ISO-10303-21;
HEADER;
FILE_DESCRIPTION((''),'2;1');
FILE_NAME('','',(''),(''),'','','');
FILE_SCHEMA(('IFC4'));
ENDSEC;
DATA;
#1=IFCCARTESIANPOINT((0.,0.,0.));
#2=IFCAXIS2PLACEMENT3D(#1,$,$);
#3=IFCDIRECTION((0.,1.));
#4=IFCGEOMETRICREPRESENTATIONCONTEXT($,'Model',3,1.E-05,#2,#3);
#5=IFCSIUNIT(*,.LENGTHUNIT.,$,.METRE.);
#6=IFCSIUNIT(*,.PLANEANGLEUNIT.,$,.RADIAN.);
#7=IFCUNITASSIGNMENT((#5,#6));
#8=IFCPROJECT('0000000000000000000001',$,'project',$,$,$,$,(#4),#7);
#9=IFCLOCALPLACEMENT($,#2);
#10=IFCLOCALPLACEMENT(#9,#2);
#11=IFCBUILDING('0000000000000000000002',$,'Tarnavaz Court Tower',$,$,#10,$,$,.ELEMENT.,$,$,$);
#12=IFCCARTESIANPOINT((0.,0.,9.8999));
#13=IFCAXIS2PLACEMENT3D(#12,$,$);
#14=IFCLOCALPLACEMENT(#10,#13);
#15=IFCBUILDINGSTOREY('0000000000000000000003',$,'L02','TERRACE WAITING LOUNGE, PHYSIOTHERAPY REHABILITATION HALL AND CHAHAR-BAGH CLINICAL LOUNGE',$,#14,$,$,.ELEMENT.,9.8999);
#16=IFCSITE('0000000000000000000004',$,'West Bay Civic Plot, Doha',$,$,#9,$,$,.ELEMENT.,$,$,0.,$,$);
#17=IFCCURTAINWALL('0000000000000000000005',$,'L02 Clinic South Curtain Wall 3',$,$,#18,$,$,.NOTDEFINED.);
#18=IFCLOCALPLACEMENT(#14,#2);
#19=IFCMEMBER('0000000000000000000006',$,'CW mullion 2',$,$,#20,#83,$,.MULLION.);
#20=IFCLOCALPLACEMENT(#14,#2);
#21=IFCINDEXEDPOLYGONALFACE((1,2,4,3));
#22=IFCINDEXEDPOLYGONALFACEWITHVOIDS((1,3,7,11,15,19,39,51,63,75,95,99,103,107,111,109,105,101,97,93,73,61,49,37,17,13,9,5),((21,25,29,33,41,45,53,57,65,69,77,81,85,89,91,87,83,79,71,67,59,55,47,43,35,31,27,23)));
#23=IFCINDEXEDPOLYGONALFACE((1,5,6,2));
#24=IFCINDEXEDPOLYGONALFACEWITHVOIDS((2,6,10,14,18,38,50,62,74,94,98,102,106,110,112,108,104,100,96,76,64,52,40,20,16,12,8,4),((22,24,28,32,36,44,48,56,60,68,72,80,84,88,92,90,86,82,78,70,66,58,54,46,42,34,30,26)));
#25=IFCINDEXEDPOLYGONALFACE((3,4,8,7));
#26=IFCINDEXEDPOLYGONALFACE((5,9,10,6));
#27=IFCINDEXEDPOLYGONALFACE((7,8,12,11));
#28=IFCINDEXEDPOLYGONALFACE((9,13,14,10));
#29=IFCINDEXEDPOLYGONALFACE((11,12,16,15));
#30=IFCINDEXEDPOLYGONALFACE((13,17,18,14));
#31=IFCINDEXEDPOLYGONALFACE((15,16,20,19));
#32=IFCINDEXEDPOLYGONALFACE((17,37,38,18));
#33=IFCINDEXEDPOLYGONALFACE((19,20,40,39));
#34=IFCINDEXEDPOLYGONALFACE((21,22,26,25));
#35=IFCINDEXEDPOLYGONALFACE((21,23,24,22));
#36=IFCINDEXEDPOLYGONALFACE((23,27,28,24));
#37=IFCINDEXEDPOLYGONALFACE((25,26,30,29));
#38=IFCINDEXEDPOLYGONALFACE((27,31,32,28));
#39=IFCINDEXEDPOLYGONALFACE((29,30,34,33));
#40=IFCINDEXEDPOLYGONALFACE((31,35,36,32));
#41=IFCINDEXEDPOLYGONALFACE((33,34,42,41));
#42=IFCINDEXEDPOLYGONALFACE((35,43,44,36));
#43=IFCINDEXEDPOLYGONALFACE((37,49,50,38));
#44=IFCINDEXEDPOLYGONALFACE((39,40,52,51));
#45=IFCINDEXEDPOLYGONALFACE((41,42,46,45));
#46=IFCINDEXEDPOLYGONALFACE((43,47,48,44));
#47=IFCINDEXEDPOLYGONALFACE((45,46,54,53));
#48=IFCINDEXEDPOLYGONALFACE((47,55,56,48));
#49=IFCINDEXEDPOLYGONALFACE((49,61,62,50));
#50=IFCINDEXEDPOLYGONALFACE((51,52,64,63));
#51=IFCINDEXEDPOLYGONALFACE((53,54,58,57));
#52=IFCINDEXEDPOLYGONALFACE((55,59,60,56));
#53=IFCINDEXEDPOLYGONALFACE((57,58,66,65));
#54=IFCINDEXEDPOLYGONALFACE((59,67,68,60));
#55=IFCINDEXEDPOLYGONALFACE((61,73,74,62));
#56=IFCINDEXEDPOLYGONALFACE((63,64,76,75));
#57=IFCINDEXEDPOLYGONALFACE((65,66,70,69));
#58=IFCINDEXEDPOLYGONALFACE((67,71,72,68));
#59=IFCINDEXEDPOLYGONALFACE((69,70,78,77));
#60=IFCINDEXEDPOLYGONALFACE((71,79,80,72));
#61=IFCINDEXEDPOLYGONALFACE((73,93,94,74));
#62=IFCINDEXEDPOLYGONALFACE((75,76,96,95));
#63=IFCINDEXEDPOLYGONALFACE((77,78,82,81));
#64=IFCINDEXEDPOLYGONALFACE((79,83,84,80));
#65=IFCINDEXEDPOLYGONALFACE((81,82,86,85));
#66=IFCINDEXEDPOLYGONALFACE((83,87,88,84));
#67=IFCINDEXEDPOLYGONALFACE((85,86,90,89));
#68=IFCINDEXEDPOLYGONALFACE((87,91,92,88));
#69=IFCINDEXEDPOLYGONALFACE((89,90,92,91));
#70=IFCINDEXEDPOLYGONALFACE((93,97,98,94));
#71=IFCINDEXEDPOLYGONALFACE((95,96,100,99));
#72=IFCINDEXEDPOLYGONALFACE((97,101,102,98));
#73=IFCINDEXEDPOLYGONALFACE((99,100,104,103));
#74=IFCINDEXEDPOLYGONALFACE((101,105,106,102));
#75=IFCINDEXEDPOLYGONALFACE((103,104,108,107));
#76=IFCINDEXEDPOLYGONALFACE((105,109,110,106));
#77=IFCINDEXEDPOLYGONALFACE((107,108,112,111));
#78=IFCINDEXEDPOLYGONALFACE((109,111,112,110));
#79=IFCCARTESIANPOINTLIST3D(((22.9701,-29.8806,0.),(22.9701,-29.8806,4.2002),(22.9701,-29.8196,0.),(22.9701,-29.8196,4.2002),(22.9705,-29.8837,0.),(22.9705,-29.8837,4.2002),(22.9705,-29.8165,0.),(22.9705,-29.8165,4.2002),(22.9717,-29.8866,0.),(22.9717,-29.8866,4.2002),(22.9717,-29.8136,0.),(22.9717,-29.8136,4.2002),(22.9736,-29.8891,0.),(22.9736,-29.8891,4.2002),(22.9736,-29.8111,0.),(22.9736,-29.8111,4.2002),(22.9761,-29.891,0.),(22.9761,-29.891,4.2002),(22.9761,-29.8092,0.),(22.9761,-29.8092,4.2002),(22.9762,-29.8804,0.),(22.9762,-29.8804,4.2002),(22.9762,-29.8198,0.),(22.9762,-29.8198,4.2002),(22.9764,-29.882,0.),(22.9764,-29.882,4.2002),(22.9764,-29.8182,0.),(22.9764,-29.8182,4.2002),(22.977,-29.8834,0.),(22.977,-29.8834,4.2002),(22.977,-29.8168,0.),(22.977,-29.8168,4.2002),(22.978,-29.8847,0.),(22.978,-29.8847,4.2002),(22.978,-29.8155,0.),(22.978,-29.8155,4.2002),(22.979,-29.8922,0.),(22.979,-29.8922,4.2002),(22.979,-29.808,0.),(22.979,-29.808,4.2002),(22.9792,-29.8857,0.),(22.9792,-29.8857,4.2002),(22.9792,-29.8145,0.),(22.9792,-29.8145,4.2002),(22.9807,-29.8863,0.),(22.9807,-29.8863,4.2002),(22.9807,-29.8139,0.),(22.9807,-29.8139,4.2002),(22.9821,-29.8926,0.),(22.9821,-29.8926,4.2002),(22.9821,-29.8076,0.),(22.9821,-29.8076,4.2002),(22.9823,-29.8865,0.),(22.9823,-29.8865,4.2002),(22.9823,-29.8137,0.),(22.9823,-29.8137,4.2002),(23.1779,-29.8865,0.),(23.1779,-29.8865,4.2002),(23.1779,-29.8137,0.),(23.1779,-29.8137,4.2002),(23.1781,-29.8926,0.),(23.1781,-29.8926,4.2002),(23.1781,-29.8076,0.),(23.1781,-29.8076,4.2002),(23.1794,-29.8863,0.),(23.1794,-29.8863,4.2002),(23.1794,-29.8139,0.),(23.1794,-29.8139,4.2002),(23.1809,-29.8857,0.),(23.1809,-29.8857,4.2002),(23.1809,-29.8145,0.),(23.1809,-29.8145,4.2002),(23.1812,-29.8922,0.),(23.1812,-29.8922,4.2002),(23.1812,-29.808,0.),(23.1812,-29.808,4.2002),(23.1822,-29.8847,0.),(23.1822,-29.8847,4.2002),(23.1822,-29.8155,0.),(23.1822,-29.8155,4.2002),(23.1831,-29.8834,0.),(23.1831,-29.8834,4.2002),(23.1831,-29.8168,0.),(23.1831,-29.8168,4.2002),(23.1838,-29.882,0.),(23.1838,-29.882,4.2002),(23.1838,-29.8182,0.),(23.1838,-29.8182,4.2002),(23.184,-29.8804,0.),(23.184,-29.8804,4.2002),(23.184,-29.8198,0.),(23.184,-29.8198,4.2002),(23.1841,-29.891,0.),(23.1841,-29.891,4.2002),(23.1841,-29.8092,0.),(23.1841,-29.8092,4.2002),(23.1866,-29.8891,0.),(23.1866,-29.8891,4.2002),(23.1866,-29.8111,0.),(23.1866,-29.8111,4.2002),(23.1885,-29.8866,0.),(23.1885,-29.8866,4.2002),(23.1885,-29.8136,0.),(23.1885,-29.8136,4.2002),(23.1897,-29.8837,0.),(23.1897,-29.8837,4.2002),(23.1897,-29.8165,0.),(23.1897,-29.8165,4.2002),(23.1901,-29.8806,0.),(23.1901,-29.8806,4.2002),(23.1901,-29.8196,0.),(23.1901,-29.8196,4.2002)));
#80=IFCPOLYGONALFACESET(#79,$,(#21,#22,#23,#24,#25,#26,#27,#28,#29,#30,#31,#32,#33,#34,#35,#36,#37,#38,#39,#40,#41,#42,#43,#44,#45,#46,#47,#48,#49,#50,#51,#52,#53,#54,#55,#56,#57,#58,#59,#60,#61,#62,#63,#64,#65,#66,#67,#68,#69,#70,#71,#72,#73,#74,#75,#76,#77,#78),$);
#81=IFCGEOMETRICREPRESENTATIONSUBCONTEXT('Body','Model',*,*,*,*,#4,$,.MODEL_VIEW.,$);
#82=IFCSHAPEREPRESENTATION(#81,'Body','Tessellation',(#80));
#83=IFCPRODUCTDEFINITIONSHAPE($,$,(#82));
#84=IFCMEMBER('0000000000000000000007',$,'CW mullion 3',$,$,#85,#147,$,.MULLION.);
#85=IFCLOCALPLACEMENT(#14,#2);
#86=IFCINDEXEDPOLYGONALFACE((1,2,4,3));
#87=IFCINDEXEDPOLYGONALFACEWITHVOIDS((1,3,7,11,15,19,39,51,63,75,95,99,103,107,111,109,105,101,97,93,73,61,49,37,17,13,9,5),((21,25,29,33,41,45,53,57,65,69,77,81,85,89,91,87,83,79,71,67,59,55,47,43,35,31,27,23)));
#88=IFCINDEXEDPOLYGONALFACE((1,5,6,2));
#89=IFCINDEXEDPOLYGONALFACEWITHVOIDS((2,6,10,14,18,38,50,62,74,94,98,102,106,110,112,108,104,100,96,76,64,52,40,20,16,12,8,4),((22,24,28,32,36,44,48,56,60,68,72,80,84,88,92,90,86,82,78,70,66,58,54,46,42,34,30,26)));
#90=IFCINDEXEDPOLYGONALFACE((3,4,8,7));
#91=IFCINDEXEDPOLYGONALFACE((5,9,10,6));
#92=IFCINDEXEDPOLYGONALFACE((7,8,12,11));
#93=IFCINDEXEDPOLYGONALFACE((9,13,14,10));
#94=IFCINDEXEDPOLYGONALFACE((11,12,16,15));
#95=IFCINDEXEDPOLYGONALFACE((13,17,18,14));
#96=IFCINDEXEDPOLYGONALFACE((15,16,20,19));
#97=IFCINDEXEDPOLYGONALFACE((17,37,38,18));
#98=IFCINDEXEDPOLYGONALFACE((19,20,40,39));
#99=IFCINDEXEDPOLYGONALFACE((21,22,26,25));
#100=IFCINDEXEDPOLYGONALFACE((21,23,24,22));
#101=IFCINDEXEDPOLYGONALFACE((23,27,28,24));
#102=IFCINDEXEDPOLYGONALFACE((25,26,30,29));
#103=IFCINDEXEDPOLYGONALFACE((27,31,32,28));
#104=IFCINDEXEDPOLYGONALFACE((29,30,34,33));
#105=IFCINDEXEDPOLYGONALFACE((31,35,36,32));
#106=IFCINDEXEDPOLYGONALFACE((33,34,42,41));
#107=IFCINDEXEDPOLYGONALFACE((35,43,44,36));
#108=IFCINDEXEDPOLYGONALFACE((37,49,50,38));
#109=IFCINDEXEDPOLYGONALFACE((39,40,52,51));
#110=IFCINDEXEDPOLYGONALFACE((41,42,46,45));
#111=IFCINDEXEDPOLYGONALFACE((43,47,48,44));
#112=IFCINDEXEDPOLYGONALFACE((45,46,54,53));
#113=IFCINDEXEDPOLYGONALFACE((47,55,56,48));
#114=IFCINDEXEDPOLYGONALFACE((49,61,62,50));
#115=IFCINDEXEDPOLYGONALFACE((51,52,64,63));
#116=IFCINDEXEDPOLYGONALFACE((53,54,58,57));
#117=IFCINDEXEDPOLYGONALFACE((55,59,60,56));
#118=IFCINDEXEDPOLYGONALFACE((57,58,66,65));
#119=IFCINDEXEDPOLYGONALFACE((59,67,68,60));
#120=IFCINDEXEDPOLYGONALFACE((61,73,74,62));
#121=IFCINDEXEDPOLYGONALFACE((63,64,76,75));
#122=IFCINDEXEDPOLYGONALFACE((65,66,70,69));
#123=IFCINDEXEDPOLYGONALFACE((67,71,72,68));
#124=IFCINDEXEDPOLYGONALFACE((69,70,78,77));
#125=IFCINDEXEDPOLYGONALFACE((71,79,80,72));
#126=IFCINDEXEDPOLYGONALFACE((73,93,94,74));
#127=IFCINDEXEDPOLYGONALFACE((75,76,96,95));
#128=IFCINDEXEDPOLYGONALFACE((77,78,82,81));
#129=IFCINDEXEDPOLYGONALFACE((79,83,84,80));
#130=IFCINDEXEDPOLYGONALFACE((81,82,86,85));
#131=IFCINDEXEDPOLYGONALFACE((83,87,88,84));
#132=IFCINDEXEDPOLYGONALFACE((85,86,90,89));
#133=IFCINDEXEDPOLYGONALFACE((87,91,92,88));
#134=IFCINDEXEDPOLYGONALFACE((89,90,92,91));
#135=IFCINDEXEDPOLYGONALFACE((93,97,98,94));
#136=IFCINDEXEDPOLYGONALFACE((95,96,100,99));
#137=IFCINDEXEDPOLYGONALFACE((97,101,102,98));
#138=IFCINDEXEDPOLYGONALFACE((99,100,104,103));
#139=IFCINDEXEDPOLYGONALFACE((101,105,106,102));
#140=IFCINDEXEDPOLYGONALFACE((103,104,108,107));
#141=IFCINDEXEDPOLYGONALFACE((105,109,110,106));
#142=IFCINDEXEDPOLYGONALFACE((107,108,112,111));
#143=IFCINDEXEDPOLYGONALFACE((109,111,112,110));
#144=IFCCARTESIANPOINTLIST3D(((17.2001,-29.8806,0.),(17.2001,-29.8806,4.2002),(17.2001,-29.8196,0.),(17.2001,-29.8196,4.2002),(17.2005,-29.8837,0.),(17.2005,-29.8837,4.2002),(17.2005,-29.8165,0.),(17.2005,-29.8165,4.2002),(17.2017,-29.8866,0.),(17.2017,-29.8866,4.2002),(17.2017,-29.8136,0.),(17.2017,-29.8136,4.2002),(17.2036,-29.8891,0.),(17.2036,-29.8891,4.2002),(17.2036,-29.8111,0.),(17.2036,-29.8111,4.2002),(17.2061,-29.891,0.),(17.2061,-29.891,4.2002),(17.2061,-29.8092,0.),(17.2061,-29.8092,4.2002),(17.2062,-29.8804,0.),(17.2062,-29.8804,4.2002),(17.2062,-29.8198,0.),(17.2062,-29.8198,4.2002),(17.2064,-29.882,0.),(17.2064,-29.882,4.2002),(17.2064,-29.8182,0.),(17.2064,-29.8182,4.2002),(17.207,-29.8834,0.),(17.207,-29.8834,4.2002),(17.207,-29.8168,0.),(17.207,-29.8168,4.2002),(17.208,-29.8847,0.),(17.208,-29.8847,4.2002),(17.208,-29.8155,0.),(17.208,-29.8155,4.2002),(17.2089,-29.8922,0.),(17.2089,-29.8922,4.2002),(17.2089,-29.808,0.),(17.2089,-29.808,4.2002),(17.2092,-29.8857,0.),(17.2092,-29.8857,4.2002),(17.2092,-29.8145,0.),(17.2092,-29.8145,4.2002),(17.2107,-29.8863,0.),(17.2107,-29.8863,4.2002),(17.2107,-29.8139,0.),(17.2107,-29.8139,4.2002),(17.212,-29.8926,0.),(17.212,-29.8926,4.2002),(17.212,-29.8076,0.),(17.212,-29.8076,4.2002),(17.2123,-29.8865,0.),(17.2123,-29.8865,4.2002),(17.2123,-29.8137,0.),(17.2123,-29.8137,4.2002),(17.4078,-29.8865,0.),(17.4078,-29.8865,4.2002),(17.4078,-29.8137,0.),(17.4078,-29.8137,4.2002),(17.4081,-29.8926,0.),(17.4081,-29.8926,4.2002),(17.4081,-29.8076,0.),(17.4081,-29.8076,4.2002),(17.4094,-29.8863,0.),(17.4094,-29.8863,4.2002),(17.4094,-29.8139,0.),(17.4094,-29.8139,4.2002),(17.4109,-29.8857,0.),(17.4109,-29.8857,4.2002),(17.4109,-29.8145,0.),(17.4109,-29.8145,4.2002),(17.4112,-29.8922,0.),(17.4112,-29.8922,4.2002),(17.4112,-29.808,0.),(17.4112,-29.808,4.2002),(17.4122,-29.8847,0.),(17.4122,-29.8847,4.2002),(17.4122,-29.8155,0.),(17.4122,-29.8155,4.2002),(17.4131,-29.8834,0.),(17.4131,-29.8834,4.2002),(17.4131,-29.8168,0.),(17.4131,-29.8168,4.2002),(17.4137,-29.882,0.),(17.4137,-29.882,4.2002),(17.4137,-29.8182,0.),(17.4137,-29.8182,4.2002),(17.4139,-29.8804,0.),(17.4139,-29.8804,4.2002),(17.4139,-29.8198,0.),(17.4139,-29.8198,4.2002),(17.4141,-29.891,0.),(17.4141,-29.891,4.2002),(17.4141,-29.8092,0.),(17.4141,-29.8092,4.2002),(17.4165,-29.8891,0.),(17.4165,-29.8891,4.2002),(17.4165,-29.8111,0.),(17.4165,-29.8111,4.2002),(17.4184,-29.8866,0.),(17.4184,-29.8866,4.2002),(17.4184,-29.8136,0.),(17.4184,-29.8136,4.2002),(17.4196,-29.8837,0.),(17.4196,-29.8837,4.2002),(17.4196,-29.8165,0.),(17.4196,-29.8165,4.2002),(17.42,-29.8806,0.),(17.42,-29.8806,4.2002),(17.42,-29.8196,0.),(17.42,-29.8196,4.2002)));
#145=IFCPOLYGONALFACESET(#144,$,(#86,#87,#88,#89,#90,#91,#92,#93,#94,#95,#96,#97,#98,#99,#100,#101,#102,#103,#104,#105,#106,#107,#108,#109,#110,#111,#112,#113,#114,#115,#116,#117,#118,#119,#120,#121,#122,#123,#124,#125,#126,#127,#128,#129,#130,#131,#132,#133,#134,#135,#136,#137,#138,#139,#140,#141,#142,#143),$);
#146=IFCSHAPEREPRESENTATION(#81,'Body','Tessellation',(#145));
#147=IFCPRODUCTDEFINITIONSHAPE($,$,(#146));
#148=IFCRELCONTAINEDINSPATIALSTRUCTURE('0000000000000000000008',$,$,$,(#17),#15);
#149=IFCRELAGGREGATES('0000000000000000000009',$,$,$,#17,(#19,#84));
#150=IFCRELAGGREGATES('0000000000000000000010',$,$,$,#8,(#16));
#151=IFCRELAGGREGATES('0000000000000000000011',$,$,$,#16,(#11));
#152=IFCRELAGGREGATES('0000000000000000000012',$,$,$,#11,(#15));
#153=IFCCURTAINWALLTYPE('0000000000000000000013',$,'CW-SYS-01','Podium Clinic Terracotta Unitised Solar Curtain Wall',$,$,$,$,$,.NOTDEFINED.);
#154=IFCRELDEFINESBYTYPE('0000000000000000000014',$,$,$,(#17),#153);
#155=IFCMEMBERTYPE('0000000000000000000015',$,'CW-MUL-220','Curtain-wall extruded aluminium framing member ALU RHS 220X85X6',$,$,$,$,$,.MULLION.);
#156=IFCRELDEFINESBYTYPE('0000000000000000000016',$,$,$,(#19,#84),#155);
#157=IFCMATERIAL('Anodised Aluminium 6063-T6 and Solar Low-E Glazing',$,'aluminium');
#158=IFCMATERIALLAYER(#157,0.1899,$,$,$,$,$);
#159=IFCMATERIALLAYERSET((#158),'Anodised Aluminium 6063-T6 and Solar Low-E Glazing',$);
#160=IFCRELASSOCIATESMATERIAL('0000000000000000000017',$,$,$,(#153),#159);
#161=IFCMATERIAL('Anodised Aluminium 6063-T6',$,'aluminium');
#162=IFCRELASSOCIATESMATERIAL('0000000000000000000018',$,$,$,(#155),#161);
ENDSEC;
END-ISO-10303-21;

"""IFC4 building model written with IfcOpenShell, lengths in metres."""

from ifc_helpers import new_model, si_unit, direction, frame, origin, origin_2d, place, context, subcontext, project, spatial, hollow_rectangle, extrude, material, layer, layer_set, material_profile, profile_set, type_object, element, aggregate, save


model = new_model("IFC4")

# Units and contexts
model_context = context("Model", 3, precision=1e-05, world=origin(), true_north=direction((0.0, 1.0)))
body_context = subcontext(model_context, "Body", "Model", "MODEL_VIEW")
ifc_project = project(units=[si_unit("LENGTHUNIT", "METRE"), si_unit("PLANEANGLEUNIT", "RADIAN")], contexts=[model_context])

# Site, building, storey
site_placement = place(None, origin())
site = spatial("IfcSite", under=ifc_project, at=site_placement, Name="West Bay Civic Plot, Doha", CompositionType="ELEMENT", RefElevation=0.0)
building_placement = place(site_placement, origin())
building = spatial("IfcBuilding", under=site, at=building_placement, Name="Tarnavaz Court Tower", CompositionType="ELEMENT")
storey_placement = place(building_placement, frame((0.0, 0.0, 9.8999)))
storey = spatial("IfcBuildingStorey", under=building, at=storey_placement, Name="L02", Description="TERRACE WAITING LOUNGE, PHYSIOTHERAPY REHABILITATION HALL AND CHAHAR-BAGH CLINICAL LOUNGE", CompositionType="ELEMENT", Elevation=9.8999)

# Curtain wall, members
ifc_material_1 = material(Name="Anodised Aluminium 6063-T6 and Solar Low-E Glazing", Category="aluminium")
ifc_layer_1 = layer(ifc_material_1, 0.1899)
ifc_layer_set_1 = layer_set([ifc_layer_1], Name="Anodised Aluminium 6063-T6 and Solar Low-E Glazing")
curtain_wall_type = type_object("IfcCurtainWallType", Name="CW-SYS-01", Description="Podium Clinic Terracotta Unitised Solar Curtain Wall", PredefinedType="NOTDEFINED", material=ifc_layer_set_1)
curtain_wall_placement = place(storey_placement, origin())
curtain_wall = element("IfcCurtainWall", 1, at=curtain_wall_placement, inside=storey, type_object=curtain_wall_type, Name="L02 Clinic South Curtain Wall 3", PredefinedType="NOTDEFINED")
ifc_material_2 = material(Name="Anodised Aluminium 6063-T6", Category="aluminium")
ifc_material_profile_1 = material_profile(ifc_material_2, hollow_rectangle(XDim=0.085, YDim=0.22, WallThickness=0.0061, InnerFilletRadius=0.0061, OuterFilletRadius=0.012, at=origin_2d()), Name="ALU RHS 220X85X6")
ifc_profile_set_1 = profile_set([ifc_material_profile_1], Name="Anodised Aluminium 6063-T6")
member_type_1 = type_object("IfcMemberType", Name="CW-MUL-220", Description="Curtain-wall extruded aluminium framing member ALU RHS 220X85X6", PredefinedType="MULLION", material=ifc_profile_set_1)
member_1_placement = place(storey_placement, frame((23.0801, -29.8501, 0.0), z_axis=(0.0, 0.0, 1.0), x_axis=(0.0, -1.0, 0.0)))
member_1 = element("IfcMember", 2, at=member_1_placement, type_object=member_type_1, Name="CW mullion 2", PredefinedType="MULLION", context=body_context, shape_type="SweptSolid", body=[
    extrude(hollow_rectangle(XDim=0.085, YDim=0.22, WallThickness=0.0061, InnerFilletRadius=0.0061, OuterFilletRadius=0.012, at=origin_2d()), origin(), (0.0, 0.0, 1.0), 4.2002),
])
member_2_placement = place(storey_placement, frame((17.3101, -29.8501, 0.0), z_axis=(0.0, 0.0, 1.0), x_axis=(0.0, -1.0, 0.0)))
member_2 = element("IfcMember", 3, at=member_2_placement, type_object=member_type_1, Name="CW mullion 3", PredefinedType="MULLION", context=body_context, shape_type="SweptSolid", body=[
    extrude(hollow_rectangle(XDim=0.085, YDim=0.22, WallThickness=0.0061, InnerFilletRadius=0.0061, OuterFilletRadius=0.012, at=origin_2d()), origin(), (0.0, 0.0, 1.0), 4.2002),
])
aggregate(curtain_wall, [member_1, member_2])

save(model, "model.ifc")
